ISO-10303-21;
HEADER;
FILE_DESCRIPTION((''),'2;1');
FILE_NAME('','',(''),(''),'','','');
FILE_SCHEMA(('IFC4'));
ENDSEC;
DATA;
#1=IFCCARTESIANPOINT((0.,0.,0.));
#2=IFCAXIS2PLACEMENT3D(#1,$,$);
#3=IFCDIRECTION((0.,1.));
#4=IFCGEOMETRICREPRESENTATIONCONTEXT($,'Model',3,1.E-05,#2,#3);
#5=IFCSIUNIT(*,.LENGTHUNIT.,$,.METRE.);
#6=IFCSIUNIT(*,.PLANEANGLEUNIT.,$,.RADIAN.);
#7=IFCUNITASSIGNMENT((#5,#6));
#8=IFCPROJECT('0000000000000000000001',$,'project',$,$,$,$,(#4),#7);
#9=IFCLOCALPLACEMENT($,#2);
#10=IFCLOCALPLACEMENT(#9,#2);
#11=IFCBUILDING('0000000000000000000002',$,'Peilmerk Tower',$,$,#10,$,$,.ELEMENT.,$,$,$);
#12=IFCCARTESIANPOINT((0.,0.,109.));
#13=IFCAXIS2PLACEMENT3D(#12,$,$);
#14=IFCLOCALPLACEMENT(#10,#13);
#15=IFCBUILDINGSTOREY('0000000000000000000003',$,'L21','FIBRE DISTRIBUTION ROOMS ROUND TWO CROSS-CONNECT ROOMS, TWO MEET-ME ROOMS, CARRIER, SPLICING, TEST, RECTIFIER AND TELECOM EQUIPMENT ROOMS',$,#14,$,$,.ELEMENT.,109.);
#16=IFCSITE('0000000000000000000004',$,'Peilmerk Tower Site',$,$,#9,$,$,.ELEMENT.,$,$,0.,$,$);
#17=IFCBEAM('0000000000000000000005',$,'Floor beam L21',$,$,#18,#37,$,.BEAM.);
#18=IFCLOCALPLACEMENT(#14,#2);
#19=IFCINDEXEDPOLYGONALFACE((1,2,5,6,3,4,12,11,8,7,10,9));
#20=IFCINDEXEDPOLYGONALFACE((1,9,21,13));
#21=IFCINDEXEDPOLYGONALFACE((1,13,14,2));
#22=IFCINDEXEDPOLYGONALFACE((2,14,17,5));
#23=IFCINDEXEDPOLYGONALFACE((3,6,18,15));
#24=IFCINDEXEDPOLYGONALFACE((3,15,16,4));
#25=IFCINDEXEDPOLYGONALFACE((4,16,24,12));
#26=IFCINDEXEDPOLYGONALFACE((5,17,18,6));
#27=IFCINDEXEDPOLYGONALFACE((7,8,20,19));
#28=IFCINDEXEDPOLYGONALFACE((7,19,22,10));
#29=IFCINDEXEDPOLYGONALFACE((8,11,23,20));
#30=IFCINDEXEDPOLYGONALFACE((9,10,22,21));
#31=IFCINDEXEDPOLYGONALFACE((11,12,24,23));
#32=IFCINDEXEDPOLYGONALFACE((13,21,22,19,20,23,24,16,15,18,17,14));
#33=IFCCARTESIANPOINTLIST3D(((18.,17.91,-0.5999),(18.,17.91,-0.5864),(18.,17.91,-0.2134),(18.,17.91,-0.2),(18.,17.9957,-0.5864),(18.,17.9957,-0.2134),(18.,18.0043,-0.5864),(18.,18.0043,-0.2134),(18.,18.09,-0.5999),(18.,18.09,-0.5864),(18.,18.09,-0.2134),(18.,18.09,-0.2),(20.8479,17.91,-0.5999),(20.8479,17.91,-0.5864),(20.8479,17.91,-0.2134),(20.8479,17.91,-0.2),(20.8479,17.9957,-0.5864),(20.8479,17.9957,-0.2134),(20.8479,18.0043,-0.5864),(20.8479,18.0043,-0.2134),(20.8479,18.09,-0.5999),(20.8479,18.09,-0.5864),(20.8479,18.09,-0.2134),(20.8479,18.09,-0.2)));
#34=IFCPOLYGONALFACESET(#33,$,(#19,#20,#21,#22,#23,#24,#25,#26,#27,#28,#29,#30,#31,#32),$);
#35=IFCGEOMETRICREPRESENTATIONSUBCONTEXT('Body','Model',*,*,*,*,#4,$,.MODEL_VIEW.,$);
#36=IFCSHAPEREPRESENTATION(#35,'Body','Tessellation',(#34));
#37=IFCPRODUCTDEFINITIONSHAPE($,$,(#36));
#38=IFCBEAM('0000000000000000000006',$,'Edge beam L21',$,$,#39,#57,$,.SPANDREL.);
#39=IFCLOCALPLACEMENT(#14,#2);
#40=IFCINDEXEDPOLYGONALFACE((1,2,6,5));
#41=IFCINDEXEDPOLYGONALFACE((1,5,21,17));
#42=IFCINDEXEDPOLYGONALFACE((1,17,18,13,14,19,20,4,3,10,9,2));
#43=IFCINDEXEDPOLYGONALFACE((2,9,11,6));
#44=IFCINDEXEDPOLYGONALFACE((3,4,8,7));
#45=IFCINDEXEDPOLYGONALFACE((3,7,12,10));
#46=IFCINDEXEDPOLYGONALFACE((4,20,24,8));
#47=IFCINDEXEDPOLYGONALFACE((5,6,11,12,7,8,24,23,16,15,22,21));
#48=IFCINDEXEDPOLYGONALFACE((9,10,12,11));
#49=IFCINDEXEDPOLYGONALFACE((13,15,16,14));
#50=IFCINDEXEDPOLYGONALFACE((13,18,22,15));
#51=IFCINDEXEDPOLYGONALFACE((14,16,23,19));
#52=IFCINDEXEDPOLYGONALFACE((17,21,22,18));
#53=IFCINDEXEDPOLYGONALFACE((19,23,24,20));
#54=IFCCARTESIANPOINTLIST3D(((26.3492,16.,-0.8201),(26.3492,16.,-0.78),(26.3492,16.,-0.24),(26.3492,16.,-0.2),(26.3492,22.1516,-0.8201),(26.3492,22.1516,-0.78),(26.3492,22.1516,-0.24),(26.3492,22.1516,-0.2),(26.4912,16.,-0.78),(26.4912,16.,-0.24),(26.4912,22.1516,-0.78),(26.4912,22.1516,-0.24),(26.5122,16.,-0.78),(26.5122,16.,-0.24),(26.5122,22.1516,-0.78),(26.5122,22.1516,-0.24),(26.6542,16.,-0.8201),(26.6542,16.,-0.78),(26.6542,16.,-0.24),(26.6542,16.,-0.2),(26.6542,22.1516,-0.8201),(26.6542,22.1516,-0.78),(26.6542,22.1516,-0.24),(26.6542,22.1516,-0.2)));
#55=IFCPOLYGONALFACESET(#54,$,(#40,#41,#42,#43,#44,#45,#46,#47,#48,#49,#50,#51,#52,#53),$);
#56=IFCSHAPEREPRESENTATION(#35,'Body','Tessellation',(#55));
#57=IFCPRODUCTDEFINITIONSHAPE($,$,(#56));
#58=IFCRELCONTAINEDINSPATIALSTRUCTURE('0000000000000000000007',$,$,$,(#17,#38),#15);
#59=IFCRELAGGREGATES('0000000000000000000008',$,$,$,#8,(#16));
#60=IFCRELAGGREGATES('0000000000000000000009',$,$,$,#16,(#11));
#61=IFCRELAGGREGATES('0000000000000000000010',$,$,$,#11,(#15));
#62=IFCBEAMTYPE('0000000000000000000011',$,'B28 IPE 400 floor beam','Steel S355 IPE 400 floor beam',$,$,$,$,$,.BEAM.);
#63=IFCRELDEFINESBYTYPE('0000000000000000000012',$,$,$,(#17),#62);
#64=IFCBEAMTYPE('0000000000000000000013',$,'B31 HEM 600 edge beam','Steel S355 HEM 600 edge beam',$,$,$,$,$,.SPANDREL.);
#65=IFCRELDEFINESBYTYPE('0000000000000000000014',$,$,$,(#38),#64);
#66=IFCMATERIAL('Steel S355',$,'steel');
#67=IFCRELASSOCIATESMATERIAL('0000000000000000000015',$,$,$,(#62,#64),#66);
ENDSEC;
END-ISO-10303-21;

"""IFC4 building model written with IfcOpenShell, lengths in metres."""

from ifc_helpers import new_model, si_unit, direction, frame, origin, origin_2d, place, context, subcontext, project, spatial, i_section, extrude, material, material_profile, profile_set, type_object, element, save


model = new_model("IFC4")

# Units and contexts
model_context = context("Model", 3, precision=1e-05, world=origin(), true_north=direction((0.0, 1.0)))
body_context = subcontext(model_context, "Body", "Model", "MODEL_VIEW")
ifc_project = project(units=[si_unit("LENGTHUNIT", "METRE"), si_unit("PLANEANGLEUNIT", "RADIAN")], contexts=[model_context])

# Site, building, storey
site_placement = place(None, origin())
site = spatial("IfcSite", under=ifc_project, at=site_placement, Name="Peilmerk Tower Site", CompositionType="ELEMENT", RefElevation=0.0)
building_placement = place(site_placement, origin())
building = spatial("IfcBuilding", under=site, at=building_placement, Name="Peilmerk Tower", CompositionType="ELEMENT")
storey_placement = place(building_placement, frame((0.0, 0.0, 109.0)))
storey = spatial("IfcBuildingStorey", under=building, at=storey_placement, Name="L21", Description="FIBRE DISTRIBUTION ROOMS ROUND TWO CROSS-CONNECT ROOMS, TWO MEET-ME ROOMS, CARRIER, SPLICING, TEST, RECTIFIER AND TELECOM EQUIPMENT ROOMS", CompositionType="ELEMENT", Elevation=109.0)

# Beams
ifc_material_1 = material(Name="Steel S355", Category="steel")
ifc_material_profile_1 = material_profile(ifc_material_1, i_section(OverallWidth=0.1799, OverallDepth=0.3999, WebThickness=0.0085, FlangeThickness=0.0134, at=origin_2d()), Name="IPE 400")
ifc_profile_set_1 = profile_set([ifc_material_profile_1], Name="Steel S355")
beam_type_1 = type_object("IfcBeamType", Name="B28 IPE 400 floor beam", Description="Steel S355 IPE 400 floor beam", PredefinedType="BEAM", material=ifc_profile_set_1)
for number, where, z_axis, x_axis, name in (
    (1, (18.0, 18.0, -0.3999), (1.0, 0.0, 0.0), (0.0, 1.0, 0.0), "Floor beam L21"),
):
    element("IfcBeam", number, at=place(storey_placement, frame(where, z_axis=z_axis, x_axis=x_axis)), inside=storey, type_object=beam_type_1, Name=name, PredefinedType="BEAM", context=body_context, shape_type="SweptSolid", body=[
        extrude(i_section(OverallWidth=0.1799, OverallDepth=0.3999, WebThickness=0.0085, FlangeThickness=0.0134, at=origin_2d()), origin(), (0.0, 0.0, 1.0), 2.8479),
    ])
ifc_material_profile_2 = material_profile(ifc_material_1, i_section(OverallWidth=0.3049, OverallDepth=0.6201, WebThickness=0.021, FlangeThickness=0.04, at=origin_2d()), Name="HEM 600")
ifc_profile_set_2 = profile_set([ifc_material_profile_2], Name="Steel S355")
beam_type_2 = type_object("IfcBeamType", Name="B31 HEM 600 edge beam", Description="Steel S355 HEM 600 edge beam", PredefinedType="SPANDREL", material=ifc_profile_set_2)
beam_placement = place(storey_placement, frame((26.5017, 16.0, -0.51), z_axis=(0.0, 1.0, 0.0), x_axis=(-1.0, 0.0, 0.0)))
element("IfcBeam", 2, at=beam_placement, inside=storey, type_object=beam_type_2, Name="Edge beam L21", PredefinedType="SPANDREL", context=body_context, shape_type="SweptSolid", body=[
    extrude(i_section(OverallWidth=0.3049, OverallDepth=0.6201, WebThickness=0.021, FlangeThickness=0.04, at=origin_2d()), origin(), (0.0, 0.0, 1.0), 6.1516),
])

save(model, "model.ifc")
